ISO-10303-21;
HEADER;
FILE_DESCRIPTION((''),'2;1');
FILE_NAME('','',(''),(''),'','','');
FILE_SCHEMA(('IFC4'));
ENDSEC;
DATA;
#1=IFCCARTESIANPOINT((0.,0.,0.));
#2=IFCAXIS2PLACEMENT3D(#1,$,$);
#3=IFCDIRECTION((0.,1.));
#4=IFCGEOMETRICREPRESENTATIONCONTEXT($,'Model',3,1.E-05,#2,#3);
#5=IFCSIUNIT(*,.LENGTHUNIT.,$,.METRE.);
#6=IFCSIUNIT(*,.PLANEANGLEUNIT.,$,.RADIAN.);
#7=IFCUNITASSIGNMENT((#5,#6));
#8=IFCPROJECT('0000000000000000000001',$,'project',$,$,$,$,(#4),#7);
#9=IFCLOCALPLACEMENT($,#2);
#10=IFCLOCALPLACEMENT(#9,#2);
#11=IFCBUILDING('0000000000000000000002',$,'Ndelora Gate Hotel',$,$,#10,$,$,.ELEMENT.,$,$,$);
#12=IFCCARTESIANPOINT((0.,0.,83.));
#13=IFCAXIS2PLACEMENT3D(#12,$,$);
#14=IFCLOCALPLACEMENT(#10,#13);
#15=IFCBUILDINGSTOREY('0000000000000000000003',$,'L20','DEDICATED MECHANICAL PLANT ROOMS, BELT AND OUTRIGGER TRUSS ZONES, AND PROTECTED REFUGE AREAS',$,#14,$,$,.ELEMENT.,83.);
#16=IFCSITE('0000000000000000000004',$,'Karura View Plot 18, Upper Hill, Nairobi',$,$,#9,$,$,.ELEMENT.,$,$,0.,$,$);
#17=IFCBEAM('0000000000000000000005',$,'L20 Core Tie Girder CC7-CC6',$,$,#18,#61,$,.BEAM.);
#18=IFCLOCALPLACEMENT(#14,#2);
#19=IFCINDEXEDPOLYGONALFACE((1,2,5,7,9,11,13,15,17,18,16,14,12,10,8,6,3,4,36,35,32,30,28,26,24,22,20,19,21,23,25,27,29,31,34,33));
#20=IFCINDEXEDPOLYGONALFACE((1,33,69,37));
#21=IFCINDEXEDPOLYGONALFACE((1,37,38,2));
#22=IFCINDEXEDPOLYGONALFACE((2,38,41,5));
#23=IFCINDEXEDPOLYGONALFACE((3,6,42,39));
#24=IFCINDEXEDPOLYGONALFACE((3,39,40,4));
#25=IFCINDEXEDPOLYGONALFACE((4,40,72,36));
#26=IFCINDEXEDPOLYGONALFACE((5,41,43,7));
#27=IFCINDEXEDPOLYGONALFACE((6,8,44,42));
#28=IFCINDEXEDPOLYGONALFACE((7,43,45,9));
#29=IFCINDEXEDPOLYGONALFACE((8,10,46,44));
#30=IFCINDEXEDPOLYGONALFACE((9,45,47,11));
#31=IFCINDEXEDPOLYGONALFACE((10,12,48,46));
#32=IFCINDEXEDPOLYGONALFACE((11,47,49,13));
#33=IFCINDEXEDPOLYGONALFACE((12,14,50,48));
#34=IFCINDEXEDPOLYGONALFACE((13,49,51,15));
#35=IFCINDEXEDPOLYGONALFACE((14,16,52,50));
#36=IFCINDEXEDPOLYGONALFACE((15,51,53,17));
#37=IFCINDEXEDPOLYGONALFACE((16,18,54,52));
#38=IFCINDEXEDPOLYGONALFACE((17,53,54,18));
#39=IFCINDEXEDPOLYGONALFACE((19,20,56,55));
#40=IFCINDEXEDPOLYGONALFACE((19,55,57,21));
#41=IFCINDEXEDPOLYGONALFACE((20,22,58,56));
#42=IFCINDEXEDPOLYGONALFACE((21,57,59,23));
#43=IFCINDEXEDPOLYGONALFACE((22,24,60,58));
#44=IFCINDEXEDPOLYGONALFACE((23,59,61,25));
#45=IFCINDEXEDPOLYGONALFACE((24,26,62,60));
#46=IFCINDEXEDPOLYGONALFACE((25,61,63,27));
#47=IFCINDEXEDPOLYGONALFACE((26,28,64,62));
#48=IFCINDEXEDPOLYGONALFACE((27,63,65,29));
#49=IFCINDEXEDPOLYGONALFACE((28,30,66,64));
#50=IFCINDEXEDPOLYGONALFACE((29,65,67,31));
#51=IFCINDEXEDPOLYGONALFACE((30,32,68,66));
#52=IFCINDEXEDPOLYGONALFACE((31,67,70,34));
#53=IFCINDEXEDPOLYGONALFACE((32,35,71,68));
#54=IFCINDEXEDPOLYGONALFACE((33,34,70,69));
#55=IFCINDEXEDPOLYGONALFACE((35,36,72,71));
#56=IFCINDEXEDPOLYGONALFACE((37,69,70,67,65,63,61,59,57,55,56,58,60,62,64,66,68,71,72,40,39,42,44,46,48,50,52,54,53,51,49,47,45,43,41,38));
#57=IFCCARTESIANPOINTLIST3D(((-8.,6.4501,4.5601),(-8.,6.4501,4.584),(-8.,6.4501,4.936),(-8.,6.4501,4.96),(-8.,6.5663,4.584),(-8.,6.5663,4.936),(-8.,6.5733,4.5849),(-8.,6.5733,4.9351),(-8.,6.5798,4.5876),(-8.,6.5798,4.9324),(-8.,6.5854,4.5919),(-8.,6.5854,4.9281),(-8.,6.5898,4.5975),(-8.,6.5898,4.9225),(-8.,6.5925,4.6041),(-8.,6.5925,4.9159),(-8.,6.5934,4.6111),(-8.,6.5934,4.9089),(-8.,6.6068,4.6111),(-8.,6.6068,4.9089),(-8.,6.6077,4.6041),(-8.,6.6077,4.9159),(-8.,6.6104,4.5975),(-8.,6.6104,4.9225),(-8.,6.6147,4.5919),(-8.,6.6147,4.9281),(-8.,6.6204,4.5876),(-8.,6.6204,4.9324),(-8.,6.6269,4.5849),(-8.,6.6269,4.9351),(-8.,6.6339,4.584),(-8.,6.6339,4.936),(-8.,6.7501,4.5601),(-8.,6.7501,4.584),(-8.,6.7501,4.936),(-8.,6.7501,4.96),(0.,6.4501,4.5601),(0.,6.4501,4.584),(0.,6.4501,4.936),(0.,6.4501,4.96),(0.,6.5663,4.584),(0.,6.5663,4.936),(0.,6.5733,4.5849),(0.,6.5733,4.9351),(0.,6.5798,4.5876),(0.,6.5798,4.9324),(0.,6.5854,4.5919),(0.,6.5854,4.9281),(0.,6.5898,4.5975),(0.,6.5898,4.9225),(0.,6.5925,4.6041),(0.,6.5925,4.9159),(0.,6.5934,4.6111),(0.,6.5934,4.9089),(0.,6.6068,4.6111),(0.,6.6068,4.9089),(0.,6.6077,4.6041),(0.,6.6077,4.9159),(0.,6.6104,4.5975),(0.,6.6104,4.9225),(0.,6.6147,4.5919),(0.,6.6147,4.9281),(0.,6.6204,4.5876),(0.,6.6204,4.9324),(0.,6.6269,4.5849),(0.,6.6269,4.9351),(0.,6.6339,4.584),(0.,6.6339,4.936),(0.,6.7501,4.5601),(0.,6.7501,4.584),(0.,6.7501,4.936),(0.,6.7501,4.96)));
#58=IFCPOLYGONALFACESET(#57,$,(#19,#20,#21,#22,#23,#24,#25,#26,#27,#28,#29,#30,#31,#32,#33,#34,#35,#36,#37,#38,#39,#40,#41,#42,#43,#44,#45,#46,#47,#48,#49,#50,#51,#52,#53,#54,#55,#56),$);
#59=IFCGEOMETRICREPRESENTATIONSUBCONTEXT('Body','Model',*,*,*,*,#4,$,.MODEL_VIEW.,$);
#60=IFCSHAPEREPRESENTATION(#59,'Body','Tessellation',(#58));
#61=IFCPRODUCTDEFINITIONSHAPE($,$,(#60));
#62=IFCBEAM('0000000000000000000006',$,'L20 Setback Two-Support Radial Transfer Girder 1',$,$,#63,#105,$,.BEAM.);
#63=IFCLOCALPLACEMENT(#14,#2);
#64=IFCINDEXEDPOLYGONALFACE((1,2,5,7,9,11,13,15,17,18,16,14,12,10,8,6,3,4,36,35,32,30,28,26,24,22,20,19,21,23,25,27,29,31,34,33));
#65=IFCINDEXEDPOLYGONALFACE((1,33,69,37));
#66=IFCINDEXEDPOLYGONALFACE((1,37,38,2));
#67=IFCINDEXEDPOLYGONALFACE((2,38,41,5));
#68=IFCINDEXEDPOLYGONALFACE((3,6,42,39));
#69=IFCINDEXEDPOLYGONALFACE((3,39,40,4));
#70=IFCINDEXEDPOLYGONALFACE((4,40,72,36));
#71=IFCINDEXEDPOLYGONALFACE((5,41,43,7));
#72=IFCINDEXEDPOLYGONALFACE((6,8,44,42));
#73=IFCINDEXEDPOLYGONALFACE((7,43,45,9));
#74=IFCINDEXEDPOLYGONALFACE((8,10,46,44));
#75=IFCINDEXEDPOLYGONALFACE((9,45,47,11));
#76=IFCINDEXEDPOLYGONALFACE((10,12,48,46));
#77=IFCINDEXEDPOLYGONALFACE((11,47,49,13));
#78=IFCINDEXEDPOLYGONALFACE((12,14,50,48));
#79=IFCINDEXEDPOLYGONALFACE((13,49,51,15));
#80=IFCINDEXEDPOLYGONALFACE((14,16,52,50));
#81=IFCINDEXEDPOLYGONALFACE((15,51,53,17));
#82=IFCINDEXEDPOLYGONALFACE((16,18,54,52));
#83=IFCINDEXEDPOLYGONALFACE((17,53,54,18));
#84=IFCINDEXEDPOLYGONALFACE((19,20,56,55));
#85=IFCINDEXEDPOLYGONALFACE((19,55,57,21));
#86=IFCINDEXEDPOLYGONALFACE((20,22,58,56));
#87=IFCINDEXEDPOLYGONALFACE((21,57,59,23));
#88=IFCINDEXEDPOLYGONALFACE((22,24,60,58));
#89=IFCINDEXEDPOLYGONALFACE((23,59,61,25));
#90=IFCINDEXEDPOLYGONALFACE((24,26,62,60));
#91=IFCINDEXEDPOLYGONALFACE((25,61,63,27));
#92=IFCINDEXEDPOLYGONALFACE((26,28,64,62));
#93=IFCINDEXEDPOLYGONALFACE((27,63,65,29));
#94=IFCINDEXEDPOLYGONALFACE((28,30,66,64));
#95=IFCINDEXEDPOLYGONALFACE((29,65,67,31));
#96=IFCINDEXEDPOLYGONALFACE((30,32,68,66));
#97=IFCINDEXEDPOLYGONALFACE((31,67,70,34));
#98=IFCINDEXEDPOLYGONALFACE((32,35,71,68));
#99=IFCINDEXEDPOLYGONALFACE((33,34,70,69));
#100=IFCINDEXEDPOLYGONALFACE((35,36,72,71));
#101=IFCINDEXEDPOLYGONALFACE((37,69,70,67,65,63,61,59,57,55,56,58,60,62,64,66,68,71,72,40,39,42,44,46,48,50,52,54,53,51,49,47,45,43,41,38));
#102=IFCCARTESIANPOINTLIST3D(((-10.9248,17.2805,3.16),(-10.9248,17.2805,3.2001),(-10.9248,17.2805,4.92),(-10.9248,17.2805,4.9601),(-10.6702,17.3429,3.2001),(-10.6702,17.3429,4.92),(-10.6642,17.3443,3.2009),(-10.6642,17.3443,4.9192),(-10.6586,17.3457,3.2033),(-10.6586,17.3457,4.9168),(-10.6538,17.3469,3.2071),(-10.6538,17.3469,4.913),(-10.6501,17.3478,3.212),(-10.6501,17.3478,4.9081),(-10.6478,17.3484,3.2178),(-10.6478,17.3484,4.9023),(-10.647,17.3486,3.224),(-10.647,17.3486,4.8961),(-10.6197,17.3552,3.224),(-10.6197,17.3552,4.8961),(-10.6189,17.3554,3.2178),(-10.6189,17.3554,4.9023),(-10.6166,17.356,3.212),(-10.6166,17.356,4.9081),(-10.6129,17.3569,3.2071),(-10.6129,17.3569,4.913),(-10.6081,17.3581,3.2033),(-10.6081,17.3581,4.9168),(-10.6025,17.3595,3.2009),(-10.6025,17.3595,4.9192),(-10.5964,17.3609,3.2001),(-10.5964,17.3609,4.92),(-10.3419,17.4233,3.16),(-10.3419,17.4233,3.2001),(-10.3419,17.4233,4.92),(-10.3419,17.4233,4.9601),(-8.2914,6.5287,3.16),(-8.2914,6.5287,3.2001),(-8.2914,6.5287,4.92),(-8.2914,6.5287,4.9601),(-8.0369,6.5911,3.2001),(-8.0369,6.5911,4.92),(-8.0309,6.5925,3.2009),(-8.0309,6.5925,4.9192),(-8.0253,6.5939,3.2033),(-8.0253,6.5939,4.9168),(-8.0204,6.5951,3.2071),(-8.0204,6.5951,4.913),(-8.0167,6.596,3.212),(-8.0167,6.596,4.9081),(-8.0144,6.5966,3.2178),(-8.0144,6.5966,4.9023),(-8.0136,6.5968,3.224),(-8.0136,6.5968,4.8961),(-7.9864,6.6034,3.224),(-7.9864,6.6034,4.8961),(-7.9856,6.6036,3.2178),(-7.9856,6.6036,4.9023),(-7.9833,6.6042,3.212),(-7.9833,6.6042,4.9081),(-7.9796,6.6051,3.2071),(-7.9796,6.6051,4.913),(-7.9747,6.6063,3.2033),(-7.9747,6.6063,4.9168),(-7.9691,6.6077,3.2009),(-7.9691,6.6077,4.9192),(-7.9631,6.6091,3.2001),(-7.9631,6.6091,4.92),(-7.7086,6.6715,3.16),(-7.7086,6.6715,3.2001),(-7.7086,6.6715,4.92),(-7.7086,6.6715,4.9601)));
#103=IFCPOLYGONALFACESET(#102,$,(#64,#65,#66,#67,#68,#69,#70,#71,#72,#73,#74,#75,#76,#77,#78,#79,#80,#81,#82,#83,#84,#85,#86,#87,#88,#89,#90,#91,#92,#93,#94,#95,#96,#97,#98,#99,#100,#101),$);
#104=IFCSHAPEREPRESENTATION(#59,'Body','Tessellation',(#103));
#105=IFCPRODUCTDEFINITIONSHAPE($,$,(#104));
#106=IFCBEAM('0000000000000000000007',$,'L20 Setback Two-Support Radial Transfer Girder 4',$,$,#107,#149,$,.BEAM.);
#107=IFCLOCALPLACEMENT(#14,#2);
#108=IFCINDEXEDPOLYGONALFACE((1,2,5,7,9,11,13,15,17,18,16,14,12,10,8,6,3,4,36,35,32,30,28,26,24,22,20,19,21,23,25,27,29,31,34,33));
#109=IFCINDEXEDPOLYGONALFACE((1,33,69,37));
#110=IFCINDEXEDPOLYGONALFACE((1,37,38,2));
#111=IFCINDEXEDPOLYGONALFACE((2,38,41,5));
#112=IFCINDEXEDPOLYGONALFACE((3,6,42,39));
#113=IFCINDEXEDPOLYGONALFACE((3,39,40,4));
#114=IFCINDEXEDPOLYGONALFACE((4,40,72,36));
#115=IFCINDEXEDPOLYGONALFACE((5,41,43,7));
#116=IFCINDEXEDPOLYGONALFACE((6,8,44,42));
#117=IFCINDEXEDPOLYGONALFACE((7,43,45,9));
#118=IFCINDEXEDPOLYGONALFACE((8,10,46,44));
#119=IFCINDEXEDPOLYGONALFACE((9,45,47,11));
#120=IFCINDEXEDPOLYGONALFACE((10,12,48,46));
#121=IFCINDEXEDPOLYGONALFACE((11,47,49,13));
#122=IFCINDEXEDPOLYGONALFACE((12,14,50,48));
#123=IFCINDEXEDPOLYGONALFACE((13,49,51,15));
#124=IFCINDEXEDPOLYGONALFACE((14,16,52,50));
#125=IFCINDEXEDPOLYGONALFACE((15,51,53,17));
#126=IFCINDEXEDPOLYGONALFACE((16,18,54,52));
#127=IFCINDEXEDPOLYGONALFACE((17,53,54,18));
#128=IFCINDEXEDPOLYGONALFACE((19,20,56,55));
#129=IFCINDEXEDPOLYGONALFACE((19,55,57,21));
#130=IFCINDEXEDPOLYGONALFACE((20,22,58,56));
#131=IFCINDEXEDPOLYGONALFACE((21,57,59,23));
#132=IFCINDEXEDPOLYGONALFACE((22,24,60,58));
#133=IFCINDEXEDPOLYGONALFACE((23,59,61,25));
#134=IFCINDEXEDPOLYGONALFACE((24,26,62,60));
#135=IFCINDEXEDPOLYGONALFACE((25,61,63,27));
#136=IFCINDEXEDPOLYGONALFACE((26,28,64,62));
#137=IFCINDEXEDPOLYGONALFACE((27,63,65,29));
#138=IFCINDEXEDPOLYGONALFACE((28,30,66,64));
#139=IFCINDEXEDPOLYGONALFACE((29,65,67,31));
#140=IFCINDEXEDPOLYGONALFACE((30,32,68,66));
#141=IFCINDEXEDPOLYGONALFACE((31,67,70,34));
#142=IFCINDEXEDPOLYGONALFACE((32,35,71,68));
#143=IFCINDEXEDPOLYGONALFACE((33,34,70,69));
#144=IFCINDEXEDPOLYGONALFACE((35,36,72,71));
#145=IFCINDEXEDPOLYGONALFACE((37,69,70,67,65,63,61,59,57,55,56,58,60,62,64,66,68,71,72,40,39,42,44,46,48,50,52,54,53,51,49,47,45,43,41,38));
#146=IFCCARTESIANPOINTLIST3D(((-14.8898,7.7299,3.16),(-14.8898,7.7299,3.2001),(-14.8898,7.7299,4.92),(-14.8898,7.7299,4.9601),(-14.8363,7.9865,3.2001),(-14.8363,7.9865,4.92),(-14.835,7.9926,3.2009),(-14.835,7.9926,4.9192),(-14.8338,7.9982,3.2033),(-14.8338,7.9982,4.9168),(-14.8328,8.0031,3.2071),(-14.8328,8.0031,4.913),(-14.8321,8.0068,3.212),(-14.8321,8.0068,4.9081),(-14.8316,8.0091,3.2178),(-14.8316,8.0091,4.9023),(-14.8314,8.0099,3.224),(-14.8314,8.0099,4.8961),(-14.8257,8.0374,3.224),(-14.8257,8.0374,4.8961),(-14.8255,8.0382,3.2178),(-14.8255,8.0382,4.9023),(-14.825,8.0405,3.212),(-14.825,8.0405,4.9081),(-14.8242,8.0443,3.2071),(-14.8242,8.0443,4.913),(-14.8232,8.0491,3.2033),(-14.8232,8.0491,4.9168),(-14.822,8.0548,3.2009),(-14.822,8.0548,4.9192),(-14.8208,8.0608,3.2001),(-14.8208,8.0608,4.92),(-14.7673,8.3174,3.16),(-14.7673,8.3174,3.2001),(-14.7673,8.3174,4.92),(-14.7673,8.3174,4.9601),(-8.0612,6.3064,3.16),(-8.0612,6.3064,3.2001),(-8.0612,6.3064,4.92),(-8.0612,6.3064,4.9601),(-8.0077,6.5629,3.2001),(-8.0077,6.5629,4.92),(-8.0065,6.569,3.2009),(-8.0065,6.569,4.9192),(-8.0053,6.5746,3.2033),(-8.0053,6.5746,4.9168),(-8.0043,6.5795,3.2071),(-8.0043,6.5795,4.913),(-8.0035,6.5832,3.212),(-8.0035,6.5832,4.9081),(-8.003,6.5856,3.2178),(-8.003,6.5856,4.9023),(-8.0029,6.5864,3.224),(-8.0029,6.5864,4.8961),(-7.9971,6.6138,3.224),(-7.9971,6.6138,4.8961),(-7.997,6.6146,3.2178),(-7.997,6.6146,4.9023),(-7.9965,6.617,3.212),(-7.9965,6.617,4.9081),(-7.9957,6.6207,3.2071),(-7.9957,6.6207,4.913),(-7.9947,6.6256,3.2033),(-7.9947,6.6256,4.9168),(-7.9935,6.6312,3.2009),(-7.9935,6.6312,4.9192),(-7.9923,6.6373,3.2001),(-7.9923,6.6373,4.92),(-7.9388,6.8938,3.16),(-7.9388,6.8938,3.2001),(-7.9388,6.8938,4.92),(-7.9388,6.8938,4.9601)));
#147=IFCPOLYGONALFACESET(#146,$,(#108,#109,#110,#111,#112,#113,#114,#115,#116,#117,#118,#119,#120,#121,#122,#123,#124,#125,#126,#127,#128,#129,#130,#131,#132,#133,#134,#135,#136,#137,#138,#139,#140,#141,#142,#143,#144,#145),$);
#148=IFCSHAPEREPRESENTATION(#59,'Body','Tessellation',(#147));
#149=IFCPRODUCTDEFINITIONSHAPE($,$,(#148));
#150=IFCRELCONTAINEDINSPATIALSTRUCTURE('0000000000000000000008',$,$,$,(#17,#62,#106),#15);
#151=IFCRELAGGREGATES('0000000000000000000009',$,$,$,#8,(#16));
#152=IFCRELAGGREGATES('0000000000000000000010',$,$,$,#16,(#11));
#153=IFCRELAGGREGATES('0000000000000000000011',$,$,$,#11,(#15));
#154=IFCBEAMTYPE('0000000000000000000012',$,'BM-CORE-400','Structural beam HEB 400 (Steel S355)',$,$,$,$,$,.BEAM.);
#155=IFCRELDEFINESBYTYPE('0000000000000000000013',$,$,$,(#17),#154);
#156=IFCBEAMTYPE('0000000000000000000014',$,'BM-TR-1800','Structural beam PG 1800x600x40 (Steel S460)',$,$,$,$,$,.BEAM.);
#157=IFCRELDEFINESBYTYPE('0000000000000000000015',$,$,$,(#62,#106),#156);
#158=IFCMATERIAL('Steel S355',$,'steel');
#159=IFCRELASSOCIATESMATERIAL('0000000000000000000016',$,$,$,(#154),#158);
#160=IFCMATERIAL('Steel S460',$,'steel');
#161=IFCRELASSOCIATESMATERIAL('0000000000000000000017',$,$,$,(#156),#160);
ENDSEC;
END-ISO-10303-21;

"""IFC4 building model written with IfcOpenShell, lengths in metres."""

from ifc_helpers import new_model, si_unit, direction, frame, origin, origin_2d, place, context, subcontext, project, spatial, i_section, extrude, material, material_profile, profile_set, type_object, element, save


model = new_model("IFC4")

# Units and contexts
model_context = context("Model", 3, precision=1e-05, world=origin(), true_north=direction((0.0, 1.0)))
body_context = subcontext(model_context, "Body", "Model", "MODEL_VIEW")
ifc_project = project(units=[si_unit("LENGTHUNIT", "METRE"), si_unit("PLANEANGLEUNIT", "RADIAN")], contexts=[model_context])

# Site, building, storey
site_placement = place(None, origin())
site = spatial("IfcSite", under=ifc_project, at=site_placement, Name="Karura View Plot 18, Upper Hill, Nairobi", CompositionType="ELEMENT", RefElevation=0.0)
building_placement = place(site_placement, origin())
building = spatial("IfcBuilding", under=site, at=building_placement, Name="Ndelora Gate Hotel", CompositionType="ELEMENT")
storey_placement = place(building_placement, frame((0.0, 0.0, 83.0)))
storey = spatial("IfcBuildingStorey", under=building, at=storey_placement, Name="L20", Description="DEDICATED MECHANICAL PLANT ROOMS, BELT AND OUTRIGGER TRUSS ZONES, AND PROTECTED REFUGE AREAS", CompositionType="ELEMENT", Elevation=83.0)

# Beams
ifc_material_1 = material(Name="Steel S355", Category="steel")
ifc_material_profile_1 = material_profile(ifc_material_1, i_section(OverallWidth=0.3, OverallDepth=0.3999, WebThickness=0.0134, FlangeThickness=0.0239, FilletRadius=0.0271, at=origin_2d()), Name="HEB 400")
ifc_profile_set_1 = profile_set([ifc_material_profile_1], Name="Steel S355")
beam_type_1 = type_object("IfcBeamType", Name="BM-CORE-400", Description="Structural beam HEB 400 (Steel S355)", PredefinedType="BEAM", material=ifc_profile_set_1)
beam_1_placement = place(storey_placement, frame((-8.0, 6.6001, 4.76), z_axis=(1.0, 0.0, 0.0), x_axis=(0.0, 1.0, 0.0)))
element("IfcBeam", 1, at=beam_1_placement, inside=storey, type_object=beam_type_1, Name="L20 Core Tie Girder CC7-CC6", PredefinedType="BEAM", context=body_context, shape_type="SweptSolid", body=[
    extrude(i_section(OverallWidth=0.3, OverallDepth=0.3999, WebThickness=0.0134, FlangeThickness=0.0239, FilletRadius=0.0271, at=origin_2d()), origin(), (0.0, 0.0, 1.0), 8.0),
])
ifc_material_2 = material(Name="Steel S460", Category="steel")
ifc_material_profile_2 = material_profile(ifc_material_2, i_section(OverallWidth=0.6001, OverallDepth=1.8, WebThickness=0.0281, FlangeThickness=0.04, FilletRadius=0.0239, at=origin_2d()), Name="PG 1800x600x40")
ifc_profile_set_2 = profile_set([ifc_material_profile_2], Name="Steel S460")
beam_type_2 = type_object("IfcBeamType", Name="BM-TR-1800", Description="Structural beam PG 1800x600x40 (Steel S460)", PredefinedType="BEAM", material=ifc_profile_set_2)
beam_2_placement = place(storey_placement, frame((-8.0, 6.6001, 4.0601), z_axis=(-0.237888, 0.971293, 0.0), x_axis=(-0.971293, -0.237888, 0.0)))
element("IfcBeam", 2, at=beam_2_placement, inside=storey, type_object=beam_type_2, Name="L20 Setback Two-Support Radial Transfer Girder 1", PredefinedType="BEAM", context=body_context, shape_type="SweptSolid", body=[
    extrude(i_section(OverallWidth=0.6001, OverallDepth=1.8, WebThickness=0.0281, FlangeThickness=0.04, FilletRadius=0.0239, at=origin_2d()), origin(), (0.0, 0.0, 1.0), 11.0696),
])
beam_3_placement = place(storey_placement, frame((-8.0, 6.6001, 4.0601), z_axis=(-0.978953, 0.204086, 0.0), x_axis=(-0.204086, -0.978953, 0.0)))
element("IfcBeam", 3, at=beam_3_placement, inside=storey, type_object=beam_type_2, Name="L20 Setback Two-Support Radial Transfer Girder 4", PredefinedType="BEAM", context=body_context, shape_type="SweptSolid", body=[
    extrude(i_section(OverallWidth=0.6001, OverallDepth=1.8, WebThickness=0.0281, FlangeThickness=0.04, FilletRadius=0.0239, at=origin_2d()), origin(), (0.0, 0.0, 1.0), 6.9753),
])

save(model, "model.ifc")
